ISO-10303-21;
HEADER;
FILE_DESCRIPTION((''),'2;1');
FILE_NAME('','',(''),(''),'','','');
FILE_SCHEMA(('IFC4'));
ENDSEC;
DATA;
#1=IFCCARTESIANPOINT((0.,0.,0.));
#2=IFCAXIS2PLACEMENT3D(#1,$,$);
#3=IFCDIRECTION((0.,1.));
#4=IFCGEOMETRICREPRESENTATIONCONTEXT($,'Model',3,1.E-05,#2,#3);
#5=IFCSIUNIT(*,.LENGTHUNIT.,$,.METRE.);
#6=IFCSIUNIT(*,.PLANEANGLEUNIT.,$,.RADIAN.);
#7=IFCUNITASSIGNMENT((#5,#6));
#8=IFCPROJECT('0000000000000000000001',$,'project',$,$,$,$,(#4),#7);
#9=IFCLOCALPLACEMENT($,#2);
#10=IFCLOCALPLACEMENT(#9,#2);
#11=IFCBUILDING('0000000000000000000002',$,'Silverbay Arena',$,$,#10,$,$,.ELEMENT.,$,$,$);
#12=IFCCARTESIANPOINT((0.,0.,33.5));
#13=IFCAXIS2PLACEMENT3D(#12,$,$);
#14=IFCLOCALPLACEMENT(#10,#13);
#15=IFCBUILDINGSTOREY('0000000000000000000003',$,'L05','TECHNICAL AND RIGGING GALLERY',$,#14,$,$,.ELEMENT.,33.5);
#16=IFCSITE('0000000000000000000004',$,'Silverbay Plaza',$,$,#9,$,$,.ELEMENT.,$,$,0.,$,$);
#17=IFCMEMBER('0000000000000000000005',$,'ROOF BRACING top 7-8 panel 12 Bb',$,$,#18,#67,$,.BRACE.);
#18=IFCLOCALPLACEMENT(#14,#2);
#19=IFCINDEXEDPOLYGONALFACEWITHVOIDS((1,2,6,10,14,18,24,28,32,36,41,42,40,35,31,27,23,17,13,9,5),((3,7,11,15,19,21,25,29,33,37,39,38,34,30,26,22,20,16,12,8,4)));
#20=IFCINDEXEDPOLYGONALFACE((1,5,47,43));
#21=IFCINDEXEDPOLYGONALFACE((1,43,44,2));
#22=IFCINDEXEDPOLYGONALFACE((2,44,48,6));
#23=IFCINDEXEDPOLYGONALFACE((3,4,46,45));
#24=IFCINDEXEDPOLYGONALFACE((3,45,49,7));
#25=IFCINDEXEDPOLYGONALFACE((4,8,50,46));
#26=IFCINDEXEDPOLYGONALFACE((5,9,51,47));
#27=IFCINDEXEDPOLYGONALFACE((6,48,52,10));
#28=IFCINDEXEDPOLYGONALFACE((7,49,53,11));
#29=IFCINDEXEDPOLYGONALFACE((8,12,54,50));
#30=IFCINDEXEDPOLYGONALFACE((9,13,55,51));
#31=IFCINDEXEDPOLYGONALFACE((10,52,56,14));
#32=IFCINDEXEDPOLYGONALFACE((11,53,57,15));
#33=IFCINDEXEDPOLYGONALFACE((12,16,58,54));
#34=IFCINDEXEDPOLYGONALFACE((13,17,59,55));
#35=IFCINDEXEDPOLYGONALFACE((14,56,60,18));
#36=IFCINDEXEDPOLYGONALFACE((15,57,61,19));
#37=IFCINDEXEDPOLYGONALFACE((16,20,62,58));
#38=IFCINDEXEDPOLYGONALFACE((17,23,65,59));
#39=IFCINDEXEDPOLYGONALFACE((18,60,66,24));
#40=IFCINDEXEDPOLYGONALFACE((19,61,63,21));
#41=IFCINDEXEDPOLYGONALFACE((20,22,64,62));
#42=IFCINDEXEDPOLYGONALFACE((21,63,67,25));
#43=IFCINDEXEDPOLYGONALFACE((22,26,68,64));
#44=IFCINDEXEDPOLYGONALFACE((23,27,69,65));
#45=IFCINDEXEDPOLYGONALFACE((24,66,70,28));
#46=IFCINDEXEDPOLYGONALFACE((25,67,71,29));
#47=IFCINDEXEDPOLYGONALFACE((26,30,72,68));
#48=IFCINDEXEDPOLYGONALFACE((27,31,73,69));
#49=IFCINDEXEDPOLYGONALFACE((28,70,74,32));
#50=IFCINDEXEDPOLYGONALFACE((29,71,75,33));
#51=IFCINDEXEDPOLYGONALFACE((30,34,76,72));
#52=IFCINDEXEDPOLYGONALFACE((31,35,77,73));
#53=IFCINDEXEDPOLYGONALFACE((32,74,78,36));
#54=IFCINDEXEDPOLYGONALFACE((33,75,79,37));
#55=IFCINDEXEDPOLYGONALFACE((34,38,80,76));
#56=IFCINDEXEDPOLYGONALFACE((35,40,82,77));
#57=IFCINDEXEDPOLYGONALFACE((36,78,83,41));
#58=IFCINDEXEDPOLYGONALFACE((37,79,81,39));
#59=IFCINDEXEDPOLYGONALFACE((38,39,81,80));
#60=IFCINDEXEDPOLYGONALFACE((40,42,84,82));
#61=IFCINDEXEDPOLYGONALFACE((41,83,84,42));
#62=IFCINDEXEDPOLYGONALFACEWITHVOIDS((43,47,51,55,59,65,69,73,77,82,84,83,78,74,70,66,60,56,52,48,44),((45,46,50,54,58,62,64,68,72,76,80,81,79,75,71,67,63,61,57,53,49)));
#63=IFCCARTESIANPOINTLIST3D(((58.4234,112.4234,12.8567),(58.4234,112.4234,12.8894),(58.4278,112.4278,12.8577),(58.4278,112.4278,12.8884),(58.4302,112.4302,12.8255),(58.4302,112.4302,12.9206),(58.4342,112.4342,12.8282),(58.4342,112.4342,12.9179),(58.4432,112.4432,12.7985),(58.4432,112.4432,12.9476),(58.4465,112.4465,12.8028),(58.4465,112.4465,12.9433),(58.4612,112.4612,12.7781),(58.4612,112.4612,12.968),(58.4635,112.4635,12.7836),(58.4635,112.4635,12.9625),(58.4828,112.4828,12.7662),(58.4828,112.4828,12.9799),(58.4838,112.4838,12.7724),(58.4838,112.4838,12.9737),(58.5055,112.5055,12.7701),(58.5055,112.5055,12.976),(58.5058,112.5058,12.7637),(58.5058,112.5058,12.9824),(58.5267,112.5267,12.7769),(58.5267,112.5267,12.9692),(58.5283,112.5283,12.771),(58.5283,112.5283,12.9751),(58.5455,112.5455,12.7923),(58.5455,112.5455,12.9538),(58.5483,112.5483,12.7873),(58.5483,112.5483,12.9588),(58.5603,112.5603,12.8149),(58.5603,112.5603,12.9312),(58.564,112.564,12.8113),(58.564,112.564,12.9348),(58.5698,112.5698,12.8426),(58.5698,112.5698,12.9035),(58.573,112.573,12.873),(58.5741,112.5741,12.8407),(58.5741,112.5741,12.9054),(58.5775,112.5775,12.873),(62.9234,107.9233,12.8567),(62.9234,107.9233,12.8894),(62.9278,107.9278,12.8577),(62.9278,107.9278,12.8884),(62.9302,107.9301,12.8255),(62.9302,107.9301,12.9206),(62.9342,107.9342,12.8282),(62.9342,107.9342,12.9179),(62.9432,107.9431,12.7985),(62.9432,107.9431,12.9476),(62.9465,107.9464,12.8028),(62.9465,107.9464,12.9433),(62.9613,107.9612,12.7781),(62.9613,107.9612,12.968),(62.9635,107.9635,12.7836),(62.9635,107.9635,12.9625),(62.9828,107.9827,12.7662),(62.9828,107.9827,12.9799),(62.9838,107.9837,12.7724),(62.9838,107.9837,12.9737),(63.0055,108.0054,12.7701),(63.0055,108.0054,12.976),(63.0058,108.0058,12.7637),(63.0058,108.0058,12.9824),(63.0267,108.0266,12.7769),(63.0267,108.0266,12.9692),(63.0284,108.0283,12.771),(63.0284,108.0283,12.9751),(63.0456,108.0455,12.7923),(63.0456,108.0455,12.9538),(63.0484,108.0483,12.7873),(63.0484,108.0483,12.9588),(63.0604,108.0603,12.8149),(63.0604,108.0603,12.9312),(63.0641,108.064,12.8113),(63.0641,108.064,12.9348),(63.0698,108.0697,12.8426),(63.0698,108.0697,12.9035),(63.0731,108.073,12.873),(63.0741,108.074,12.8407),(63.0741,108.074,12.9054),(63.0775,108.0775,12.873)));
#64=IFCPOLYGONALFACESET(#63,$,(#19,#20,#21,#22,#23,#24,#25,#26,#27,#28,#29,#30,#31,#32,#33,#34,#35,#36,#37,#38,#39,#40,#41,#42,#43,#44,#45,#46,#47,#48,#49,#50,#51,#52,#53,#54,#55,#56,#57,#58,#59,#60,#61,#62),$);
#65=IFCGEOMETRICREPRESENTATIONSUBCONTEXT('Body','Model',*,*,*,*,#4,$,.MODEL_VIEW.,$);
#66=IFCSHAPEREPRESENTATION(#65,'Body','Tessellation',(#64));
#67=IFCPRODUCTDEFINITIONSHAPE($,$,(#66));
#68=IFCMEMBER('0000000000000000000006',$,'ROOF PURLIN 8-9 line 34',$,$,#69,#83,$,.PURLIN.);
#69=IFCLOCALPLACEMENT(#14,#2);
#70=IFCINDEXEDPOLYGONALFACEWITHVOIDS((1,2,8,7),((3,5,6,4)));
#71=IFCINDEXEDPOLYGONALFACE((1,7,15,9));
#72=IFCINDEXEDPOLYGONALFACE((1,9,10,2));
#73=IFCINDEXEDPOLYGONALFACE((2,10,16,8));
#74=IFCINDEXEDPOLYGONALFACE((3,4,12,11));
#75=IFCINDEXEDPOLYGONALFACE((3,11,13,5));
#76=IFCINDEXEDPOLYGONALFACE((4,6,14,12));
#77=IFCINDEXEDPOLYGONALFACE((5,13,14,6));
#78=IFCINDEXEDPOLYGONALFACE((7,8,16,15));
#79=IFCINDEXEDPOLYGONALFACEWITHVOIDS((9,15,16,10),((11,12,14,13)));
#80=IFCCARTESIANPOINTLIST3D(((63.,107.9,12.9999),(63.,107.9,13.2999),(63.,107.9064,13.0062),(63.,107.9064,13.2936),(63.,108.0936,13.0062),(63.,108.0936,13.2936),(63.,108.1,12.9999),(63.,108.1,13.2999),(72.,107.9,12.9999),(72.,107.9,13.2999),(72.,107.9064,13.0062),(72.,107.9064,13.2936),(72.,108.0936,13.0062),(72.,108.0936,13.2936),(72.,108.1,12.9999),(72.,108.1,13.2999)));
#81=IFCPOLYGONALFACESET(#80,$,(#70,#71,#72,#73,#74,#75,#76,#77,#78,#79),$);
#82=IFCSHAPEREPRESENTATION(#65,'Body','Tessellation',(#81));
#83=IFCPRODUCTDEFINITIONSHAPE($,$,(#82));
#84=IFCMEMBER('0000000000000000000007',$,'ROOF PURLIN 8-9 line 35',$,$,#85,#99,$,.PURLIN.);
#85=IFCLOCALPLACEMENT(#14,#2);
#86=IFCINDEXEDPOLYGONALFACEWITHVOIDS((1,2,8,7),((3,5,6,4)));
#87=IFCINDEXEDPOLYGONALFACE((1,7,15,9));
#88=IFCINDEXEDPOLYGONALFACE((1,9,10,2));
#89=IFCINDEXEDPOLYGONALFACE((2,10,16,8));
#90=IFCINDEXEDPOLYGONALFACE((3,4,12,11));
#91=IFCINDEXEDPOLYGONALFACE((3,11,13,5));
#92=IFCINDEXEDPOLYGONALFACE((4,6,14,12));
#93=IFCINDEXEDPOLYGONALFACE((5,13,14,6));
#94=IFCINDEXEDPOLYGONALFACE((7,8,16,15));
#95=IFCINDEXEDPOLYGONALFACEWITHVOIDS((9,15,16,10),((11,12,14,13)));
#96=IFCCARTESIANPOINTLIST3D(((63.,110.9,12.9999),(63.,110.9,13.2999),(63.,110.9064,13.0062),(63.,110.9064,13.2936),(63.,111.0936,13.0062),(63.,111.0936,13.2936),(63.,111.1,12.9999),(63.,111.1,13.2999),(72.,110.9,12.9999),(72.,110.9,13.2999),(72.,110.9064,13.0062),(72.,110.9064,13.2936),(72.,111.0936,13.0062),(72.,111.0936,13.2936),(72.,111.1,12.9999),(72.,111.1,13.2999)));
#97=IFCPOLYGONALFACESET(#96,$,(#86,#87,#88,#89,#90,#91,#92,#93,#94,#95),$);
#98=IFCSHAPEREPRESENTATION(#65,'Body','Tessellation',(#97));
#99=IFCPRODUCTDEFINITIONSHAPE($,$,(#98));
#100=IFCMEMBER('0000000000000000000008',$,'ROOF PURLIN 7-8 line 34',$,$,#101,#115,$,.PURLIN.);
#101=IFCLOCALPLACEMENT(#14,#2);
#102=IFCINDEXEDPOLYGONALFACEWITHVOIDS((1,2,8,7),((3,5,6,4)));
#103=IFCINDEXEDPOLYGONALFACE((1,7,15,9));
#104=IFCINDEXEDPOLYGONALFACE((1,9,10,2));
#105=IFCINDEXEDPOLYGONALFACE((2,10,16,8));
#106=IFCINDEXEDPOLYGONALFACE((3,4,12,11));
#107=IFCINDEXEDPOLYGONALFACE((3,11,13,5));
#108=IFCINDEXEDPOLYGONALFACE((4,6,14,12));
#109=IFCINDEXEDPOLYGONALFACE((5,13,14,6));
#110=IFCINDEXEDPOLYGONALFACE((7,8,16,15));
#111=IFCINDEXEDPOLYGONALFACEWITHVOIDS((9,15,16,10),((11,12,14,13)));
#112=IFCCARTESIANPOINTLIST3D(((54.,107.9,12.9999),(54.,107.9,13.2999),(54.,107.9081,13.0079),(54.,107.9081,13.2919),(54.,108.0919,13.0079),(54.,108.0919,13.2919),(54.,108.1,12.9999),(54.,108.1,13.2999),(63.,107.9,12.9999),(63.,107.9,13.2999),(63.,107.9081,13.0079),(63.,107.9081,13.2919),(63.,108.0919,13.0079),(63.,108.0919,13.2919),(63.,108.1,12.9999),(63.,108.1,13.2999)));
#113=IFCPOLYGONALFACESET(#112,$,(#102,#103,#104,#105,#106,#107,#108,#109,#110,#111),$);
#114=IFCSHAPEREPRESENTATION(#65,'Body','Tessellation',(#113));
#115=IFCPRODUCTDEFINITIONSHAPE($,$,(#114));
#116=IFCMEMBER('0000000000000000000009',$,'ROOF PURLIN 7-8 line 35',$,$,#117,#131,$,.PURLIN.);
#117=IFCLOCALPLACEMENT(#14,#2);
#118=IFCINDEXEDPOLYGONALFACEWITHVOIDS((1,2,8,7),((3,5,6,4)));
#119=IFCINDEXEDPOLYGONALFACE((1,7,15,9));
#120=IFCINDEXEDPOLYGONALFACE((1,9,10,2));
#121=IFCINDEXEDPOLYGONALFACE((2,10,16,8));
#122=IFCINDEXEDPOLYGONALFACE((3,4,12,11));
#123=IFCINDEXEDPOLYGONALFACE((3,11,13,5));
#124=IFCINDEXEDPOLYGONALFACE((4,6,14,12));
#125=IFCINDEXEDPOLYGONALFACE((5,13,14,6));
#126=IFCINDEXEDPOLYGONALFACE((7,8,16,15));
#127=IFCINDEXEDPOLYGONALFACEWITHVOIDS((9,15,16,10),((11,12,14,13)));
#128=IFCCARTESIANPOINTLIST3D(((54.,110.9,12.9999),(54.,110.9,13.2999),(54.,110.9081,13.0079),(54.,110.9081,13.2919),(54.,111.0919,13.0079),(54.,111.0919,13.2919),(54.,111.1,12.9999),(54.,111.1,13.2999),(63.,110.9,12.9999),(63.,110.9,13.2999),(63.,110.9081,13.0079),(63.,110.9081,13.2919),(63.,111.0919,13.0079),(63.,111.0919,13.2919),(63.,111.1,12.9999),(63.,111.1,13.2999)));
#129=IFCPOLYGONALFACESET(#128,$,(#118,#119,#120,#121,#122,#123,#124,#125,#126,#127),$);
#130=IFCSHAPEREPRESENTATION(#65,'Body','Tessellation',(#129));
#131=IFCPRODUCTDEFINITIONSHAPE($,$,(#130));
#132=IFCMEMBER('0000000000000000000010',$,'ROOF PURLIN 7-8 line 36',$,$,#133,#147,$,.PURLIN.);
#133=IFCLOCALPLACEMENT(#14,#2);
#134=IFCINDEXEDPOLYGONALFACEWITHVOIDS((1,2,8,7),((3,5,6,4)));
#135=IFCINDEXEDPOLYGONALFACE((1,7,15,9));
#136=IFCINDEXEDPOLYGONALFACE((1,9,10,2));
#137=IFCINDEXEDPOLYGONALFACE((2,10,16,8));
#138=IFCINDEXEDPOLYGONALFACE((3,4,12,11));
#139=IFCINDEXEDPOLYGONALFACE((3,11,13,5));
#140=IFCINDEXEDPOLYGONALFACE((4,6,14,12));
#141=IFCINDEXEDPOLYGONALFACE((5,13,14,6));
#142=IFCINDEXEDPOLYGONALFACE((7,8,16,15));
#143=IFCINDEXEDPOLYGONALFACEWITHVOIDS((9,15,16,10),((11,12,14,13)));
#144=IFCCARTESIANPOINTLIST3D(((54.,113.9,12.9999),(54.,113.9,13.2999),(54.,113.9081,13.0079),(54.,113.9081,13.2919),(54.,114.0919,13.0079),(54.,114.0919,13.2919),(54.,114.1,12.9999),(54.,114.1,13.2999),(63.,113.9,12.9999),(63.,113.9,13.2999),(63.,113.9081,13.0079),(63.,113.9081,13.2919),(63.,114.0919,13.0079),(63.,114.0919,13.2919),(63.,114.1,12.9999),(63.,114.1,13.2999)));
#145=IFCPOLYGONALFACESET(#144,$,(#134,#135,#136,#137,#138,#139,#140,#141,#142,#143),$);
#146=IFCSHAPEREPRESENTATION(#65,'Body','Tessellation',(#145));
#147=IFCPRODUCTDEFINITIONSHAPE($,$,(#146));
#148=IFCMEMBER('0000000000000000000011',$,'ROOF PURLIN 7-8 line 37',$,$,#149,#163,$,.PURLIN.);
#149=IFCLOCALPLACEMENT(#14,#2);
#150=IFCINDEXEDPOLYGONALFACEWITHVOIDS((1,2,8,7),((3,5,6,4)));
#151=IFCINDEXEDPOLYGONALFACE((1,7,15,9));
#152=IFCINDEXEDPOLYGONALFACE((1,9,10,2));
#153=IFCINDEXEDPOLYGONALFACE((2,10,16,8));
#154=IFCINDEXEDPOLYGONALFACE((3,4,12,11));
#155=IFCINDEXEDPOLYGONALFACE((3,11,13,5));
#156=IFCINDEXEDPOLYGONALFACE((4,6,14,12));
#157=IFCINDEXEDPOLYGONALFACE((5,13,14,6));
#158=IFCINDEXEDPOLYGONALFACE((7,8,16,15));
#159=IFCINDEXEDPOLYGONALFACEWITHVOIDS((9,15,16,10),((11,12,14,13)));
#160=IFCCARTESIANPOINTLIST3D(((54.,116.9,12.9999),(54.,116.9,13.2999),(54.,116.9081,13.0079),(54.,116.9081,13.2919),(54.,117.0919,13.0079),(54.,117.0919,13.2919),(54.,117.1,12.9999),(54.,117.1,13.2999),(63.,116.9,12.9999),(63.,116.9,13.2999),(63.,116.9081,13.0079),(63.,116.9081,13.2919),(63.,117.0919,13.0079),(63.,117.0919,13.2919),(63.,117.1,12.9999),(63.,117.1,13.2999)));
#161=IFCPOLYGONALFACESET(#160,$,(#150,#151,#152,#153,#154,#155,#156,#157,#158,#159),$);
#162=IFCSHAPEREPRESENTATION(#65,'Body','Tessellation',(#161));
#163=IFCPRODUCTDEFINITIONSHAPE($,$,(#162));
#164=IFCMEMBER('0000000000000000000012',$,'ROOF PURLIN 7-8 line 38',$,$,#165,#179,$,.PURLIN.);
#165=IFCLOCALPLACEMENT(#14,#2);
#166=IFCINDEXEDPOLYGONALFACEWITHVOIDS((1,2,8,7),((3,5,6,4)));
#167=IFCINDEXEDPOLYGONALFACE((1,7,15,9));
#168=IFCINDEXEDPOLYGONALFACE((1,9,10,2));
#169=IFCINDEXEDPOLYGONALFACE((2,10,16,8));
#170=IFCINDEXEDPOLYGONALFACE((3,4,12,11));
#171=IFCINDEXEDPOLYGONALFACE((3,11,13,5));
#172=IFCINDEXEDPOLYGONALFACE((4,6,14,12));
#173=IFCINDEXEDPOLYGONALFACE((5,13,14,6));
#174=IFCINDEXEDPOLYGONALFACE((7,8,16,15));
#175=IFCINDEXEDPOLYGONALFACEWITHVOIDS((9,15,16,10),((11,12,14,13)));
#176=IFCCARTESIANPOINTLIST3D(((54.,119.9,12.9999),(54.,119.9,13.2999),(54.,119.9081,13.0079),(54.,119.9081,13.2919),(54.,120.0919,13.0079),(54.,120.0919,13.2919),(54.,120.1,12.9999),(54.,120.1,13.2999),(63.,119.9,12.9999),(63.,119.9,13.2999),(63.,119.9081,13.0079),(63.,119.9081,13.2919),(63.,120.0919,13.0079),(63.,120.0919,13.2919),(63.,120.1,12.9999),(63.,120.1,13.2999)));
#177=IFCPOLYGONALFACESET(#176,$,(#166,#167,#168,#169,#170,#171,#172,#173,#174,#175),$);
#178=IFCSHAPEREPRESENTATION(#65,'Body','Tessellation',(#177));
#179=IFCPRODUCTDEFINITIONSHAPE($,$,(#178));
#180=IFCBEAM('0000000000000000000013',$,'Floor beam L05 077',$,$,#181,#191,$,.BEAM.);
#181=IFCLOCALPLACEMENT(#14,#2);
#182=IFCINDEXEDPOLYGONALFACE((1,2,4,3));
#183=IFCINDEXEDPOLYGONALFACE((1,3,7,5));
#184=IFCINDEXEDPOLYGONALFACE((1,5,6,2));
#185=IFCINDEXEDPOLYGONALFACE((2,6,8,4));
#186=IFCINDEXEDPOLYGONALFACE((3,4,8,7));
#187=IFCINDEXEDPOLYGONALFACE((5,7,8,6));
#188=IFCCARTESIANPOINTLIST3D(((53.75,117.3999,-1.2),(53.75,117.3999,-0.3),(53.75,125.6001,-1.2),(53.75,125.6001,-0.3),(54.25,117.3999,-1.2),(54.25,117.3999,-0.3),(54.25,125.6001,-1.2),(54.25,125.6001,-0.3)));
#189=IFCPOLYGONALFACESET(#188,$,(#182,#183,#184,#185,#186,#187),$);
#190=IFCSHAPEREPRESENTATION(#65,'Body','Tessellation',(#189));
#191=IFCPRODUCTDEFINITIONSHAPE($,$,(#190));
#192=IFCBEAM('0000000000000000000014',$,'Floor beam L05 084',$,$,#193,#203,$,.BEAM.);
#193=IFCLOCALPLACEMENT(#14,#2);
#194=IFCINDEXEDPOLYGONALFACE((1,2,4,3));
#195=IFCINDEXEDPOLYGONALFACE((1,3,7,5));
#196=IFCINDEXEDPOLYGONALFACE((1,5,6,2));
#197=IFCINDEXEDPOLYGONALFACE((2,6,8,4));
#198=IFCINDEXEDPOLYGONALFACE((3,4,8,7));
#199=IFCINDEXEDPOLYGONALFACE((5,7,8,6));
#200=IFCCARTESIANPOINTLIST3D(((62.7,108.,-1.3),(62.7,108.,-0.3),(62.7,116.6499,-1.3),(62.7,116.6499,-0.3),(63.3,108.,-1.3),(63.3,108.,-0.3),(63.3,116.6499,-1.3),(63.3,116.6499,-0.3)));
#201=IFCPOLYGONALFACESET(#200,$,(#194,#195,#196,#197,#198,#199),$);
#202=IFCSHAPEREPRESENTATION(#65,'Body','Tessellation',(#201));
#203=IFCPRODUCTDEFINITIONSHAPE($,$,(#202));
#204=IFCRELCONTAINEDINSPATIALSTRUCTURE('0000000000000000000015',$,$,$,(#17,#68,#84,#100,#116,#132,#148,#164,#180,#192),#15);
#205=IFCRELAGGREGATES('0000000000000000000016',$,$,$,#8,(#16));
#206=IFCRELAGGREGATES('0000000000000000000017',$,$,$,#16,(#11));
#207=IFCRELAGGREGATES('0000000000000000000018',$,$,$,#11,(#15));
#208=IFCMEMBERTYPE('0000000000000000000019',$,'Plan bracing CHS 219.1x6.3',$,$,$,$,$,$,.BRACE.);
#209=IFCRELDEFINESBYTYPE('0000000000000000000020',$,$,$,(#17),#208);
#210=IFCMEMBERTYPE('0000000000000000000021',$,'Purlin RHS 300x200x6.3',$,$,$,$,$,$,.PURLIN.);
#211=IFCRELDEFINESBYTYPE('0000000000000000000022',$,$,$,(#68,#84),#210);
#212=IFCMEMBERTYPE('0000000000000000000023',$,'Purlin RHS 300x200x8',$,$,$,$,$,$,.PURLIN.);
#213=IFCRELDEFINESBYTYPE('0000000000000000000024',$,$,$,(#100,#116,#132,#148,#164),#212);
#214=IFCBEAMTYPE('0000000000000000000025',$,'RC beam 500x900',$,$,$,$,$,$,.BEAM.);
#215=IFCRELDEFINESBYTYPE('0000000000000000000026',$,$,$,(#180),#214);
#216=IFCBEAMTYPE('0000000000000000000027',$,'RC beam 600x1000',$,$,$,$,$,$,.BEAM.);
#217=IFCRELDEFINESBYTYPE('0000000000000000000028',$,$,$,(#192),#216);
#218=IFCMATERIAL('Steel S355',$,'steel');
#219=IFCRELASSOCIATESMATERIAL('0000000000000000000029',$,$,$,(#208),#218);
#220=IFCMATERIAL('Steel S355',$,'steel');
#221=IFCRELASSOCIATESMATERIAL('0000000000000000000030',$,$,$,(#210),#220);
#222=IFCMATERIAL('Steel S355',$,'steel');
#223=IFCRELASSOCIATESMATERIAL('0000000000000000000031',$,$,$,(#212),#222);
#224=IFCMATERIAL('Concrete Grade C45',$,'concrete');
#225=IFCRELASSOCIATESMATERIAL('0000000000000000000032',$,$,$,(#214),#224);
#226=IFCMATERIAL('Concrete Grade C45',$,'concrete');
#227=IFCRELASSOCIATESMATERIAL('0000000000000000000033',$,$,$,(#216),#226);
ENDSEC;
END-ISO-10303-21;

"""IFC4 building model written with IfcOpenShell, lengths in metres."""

from ifc_helpers import new_model, si_unit, direction, frame, origin, origin_2d, place, context, subcontext, project, spatial, rectangle, hollow_rectangle, hollow_circle, extrude, material, material_profile, profile_set, type_object, element, save


model = new_model("IFC4")

# Units and contexts
model_context = context("Model", 3, precision=1e-05, world=origin(), true_north=direction((0.0, 1.0)))
body_context = subcontext(model_context, "Body", "Model", "MODEL_VIEW")
ifc_project = project(units=[si_unit("LENGTHUNIT", "METRE"), si_unit("PLANEANGLEUNIT", "RADIAN")], contexts=[model_context])

# Site, building, storey
site_placement = place(None, origin())
site = spatial("IfcSite", under=ifc_project, at=site_placement, Name="Silverbay Plaza", CompositionType="ELEMENT", RefElevation=0.0)
building_placement = place(site_placement, origin())
building = spatial("IfcBuilding", under=site, at=building_placement, Name="Silverbay Arena", CompositionType="ELEMENT")
storey_placement = place(building_placement, frame((0.0, 0.0, 33.5)))
storey = spatial("IfcBuildingStorey", under=building, at=storey_placement, Name="L05", Description="TECHNICAL AND RIGGING GALLERY", CompositionType="ELEMENT", Elevation=33.5)

# Members
ifc_material_1 = material(Name="Steel S355", Category="steel")
ifc_material_profile_1 = material_profile(ifc_material_1, hollow_circle(Radius=0.1096, WallThickness=0.0063, at=origin_2d()), Name="CHS 219.1x6.3")
ifc_profile_set_1 = profile_set([ifc_material_profile_1], Name="Steel S355")
member_type_1 = type_object("IfcMemberType", Name="Plan bracing CHS 219.1x6.3", PredefinedType="BRACE", material=ifc_profile_set_1)
for number, where, z_axis, x_axis, name in (
    (1, (58.5, 112.5, 12.873), (0.707107, -0.707107, 0.0), (0.707107, 0.707107, 0.0), "ROOF BRACING top 7-8 panel 12 Bb"),
):
    element("IfcMember", number, at=place(storey_placement, frame(where, z_axis=z_axis, x_axis=x_axis)), inside=storey, type_object=member_type_1, Name=name, PredefinedType="BRACE", context=body_context, shape_type="SweptSolid", body=[
        extrude(hollow_circle(Radius=0.1096, WallThickness=0.0063, at=origin_2d()), origin(), (0.0, 0.0, 1.0), 6.364),
    ])
ifc_material_2 = material(Name="Steel S355", Category="steel")
ifc_material_profile_2 = material_profile(ifc_material_2, hollow_rectangle(XDim=0.2, YDim=0.3, WallThickness=0.0063, at=origin_2d()), Name="RHS 300x200x6.3")
ifc_profile_set_2 = profile_set([ifc_material_profile_2], Name="Steel S355")
member_type_2 = type_object("IfcMemberType", Name="Purlin RHS 300x200x6.3", PredefinedType="PURLIN", material=ifc_profile_set_2)
for number, where, z_axis, x_axis, name in (
    (2, (63.0, 108.0, 13.1499), (1.0, 0.0, 0.0), (0.0, 1.0, 0.0), "ROOF PURLIN 8-9 line 34"),
    (3, (63.0, 111.0, 13.1499), (1.0, 0.0, 0.0), (0.0, 1.0, 0.0), "ROOF PURLIN 8-9 line 35"),
):
    element("IfcMember", number, at=place(storey_placement, frame(where, z_axis=z_axis, x_axis=x_axis)), inside=storey, type_object=member_type_2, Name=name, PredefinedType="PURLIN", context=body_context, shape_type="SweptSolid", body=[
        extrude(hollow_rectangle(XDim=0.2, YDim=0.3, WallThickness=0.0063, at=origin_2d()), origin(), (0.0, 0.0, 1.0), 9.0),
    ])
ifc_material_3 = material(Name="Steel S355", Category="steel")
ifc_material_profile_3 = material_profile(ifc_material_3, hollow_rectangle(XDim=0.2, YDim=0.3, WallThickness=0.0081, at=origin_2d()), Name="RHS 300x200x8")
ifc_profile_set_3 = profile_set([ifc_material_profile_3], Name="Steel S355")
member_type_3 = type_object("IfcMemberType", Name="Purlin RHS 300x200x8", PredefinedType="PURLIN", material=ifc_profile_set_3)
for number, where, z_axis, x_axis, name in (
    (4, (54.0, 108.0, 13.1499), (1.0, 0.0, 0.0), (0.0, 1.0, 0.0), "ROOF PURLIN 7-8 line 34"),
    (5, (54.0, 111.0, 13.1499), (1.0, 0.0, 0.0), (0.0, 1.0, 0.0), "ROOF PURLIN 7-8 line 35"),
    (6, (54.0, 114.0, 13.1499), (1.0, 0.0, 0.0), (0.0, 1.0, 0.0), "ROOF PURLIN 7-8 line 36"),
    (7, (54.0, 117.0, 13.1499), (1.0, 0.0, 0.0), (0.0, 1.0, 0.0), "ROOF PURLIN 7-8 line 37"),
    (8, (54.0, 120.0, 13.1499), (1.0, 0.0, 0.0), (0.0, 1.0, 0.0), "ROOF PURLIN 7-8 line 38"),
):
    element("IfcMember", number, at=place(storey_placement, frame(where, z_axis=z_axis, x_axis=x_axis)), inside=storey, type_object=member_type_3, Name=name, PredefinedType="PURLIN", context=body_context, shape_type="SweptSolid", body=[
        extrude(hollow_rectangle(XDim=0.2, YDim=0.3, WallThickness=0.0081, at=origin_2d()), origin(), (0.0, 0.0, 1.0), 9.0),
    ])

# Beams
ifc_material_4 = material(Name="Concrete Grade C45", Category="concrete")
ifc_material_profile_4 = material_profile(ifc_material_4, rectangle(XDim=0.5, YDim=0.8999, at=origin_2d()), Name="RC 500x900")
ifc_profile_set_4 = profile_set([ifc_material_profile_4], Name="Concrete Grade C45")
beam_type_1 = type_object("IfcBeamType", Name="RC beam 500x900", PredefinedType="BEAM", material=ifc_profile_set_4)
beam_1_placement = place(storey_placement, frame((54.0, 117.3999, -0.75), z_axis=(0.0, 1.0, 0.0), x_axis=(-1.0, 0.0, 0.0)))
element("IfcBeam", 9, at=beam_1_placement, inside=storey, type_object=beam_type_1, Name="Floor beam L05 077", PredefinedType="BEAM", context=body_context, shape_type="SweptSolid", body=[
    extrude(rectangle(XDim=0.5, YDim=0.8999, at=origin_2d()), origin(), (0.0, 0.0, 1.0), 8.2002),
])
ifc_material_5 = material(Name="Concrete Grade C45", Category="concrete")
ifc_material_profile_5 = material_profile(ifc_material_5, rectangle(XDim=0.6001, YDim=1.0, at=origin_2d()), Name="RC 600x1000")
ifc_profile_set_5 = profile_set([ifc_material_profile_5], Name="Concrete Grade C45")
beam_type_2 = type_object("IfcBeamType", Name="RC beam 600x1000", PredefinedType="BEAM", material=ifc_profile_set_5)
beam_2_placement = place(storey_placement, frame((63.0, 108.0, -0.8), z_axis=(0.0, 1.0, 0.0), x_axis=(-1.0, 0.0, 0.0)))
element("IfcBeam", 10, at=beam_2_placement, inside=storey, type_object=beam_type_2, Name="Floor beam L05 084", PredefinedType="BEAM", context=body_context, shape_type="SweptSolid", body=[
    extrude(rectangle(XDim=0.6001, YDim=1.0, at=origin_2d()), origin(), (0.0, 0.0, 1.0), 8.6499),
])

save(model, "model.ifc")
